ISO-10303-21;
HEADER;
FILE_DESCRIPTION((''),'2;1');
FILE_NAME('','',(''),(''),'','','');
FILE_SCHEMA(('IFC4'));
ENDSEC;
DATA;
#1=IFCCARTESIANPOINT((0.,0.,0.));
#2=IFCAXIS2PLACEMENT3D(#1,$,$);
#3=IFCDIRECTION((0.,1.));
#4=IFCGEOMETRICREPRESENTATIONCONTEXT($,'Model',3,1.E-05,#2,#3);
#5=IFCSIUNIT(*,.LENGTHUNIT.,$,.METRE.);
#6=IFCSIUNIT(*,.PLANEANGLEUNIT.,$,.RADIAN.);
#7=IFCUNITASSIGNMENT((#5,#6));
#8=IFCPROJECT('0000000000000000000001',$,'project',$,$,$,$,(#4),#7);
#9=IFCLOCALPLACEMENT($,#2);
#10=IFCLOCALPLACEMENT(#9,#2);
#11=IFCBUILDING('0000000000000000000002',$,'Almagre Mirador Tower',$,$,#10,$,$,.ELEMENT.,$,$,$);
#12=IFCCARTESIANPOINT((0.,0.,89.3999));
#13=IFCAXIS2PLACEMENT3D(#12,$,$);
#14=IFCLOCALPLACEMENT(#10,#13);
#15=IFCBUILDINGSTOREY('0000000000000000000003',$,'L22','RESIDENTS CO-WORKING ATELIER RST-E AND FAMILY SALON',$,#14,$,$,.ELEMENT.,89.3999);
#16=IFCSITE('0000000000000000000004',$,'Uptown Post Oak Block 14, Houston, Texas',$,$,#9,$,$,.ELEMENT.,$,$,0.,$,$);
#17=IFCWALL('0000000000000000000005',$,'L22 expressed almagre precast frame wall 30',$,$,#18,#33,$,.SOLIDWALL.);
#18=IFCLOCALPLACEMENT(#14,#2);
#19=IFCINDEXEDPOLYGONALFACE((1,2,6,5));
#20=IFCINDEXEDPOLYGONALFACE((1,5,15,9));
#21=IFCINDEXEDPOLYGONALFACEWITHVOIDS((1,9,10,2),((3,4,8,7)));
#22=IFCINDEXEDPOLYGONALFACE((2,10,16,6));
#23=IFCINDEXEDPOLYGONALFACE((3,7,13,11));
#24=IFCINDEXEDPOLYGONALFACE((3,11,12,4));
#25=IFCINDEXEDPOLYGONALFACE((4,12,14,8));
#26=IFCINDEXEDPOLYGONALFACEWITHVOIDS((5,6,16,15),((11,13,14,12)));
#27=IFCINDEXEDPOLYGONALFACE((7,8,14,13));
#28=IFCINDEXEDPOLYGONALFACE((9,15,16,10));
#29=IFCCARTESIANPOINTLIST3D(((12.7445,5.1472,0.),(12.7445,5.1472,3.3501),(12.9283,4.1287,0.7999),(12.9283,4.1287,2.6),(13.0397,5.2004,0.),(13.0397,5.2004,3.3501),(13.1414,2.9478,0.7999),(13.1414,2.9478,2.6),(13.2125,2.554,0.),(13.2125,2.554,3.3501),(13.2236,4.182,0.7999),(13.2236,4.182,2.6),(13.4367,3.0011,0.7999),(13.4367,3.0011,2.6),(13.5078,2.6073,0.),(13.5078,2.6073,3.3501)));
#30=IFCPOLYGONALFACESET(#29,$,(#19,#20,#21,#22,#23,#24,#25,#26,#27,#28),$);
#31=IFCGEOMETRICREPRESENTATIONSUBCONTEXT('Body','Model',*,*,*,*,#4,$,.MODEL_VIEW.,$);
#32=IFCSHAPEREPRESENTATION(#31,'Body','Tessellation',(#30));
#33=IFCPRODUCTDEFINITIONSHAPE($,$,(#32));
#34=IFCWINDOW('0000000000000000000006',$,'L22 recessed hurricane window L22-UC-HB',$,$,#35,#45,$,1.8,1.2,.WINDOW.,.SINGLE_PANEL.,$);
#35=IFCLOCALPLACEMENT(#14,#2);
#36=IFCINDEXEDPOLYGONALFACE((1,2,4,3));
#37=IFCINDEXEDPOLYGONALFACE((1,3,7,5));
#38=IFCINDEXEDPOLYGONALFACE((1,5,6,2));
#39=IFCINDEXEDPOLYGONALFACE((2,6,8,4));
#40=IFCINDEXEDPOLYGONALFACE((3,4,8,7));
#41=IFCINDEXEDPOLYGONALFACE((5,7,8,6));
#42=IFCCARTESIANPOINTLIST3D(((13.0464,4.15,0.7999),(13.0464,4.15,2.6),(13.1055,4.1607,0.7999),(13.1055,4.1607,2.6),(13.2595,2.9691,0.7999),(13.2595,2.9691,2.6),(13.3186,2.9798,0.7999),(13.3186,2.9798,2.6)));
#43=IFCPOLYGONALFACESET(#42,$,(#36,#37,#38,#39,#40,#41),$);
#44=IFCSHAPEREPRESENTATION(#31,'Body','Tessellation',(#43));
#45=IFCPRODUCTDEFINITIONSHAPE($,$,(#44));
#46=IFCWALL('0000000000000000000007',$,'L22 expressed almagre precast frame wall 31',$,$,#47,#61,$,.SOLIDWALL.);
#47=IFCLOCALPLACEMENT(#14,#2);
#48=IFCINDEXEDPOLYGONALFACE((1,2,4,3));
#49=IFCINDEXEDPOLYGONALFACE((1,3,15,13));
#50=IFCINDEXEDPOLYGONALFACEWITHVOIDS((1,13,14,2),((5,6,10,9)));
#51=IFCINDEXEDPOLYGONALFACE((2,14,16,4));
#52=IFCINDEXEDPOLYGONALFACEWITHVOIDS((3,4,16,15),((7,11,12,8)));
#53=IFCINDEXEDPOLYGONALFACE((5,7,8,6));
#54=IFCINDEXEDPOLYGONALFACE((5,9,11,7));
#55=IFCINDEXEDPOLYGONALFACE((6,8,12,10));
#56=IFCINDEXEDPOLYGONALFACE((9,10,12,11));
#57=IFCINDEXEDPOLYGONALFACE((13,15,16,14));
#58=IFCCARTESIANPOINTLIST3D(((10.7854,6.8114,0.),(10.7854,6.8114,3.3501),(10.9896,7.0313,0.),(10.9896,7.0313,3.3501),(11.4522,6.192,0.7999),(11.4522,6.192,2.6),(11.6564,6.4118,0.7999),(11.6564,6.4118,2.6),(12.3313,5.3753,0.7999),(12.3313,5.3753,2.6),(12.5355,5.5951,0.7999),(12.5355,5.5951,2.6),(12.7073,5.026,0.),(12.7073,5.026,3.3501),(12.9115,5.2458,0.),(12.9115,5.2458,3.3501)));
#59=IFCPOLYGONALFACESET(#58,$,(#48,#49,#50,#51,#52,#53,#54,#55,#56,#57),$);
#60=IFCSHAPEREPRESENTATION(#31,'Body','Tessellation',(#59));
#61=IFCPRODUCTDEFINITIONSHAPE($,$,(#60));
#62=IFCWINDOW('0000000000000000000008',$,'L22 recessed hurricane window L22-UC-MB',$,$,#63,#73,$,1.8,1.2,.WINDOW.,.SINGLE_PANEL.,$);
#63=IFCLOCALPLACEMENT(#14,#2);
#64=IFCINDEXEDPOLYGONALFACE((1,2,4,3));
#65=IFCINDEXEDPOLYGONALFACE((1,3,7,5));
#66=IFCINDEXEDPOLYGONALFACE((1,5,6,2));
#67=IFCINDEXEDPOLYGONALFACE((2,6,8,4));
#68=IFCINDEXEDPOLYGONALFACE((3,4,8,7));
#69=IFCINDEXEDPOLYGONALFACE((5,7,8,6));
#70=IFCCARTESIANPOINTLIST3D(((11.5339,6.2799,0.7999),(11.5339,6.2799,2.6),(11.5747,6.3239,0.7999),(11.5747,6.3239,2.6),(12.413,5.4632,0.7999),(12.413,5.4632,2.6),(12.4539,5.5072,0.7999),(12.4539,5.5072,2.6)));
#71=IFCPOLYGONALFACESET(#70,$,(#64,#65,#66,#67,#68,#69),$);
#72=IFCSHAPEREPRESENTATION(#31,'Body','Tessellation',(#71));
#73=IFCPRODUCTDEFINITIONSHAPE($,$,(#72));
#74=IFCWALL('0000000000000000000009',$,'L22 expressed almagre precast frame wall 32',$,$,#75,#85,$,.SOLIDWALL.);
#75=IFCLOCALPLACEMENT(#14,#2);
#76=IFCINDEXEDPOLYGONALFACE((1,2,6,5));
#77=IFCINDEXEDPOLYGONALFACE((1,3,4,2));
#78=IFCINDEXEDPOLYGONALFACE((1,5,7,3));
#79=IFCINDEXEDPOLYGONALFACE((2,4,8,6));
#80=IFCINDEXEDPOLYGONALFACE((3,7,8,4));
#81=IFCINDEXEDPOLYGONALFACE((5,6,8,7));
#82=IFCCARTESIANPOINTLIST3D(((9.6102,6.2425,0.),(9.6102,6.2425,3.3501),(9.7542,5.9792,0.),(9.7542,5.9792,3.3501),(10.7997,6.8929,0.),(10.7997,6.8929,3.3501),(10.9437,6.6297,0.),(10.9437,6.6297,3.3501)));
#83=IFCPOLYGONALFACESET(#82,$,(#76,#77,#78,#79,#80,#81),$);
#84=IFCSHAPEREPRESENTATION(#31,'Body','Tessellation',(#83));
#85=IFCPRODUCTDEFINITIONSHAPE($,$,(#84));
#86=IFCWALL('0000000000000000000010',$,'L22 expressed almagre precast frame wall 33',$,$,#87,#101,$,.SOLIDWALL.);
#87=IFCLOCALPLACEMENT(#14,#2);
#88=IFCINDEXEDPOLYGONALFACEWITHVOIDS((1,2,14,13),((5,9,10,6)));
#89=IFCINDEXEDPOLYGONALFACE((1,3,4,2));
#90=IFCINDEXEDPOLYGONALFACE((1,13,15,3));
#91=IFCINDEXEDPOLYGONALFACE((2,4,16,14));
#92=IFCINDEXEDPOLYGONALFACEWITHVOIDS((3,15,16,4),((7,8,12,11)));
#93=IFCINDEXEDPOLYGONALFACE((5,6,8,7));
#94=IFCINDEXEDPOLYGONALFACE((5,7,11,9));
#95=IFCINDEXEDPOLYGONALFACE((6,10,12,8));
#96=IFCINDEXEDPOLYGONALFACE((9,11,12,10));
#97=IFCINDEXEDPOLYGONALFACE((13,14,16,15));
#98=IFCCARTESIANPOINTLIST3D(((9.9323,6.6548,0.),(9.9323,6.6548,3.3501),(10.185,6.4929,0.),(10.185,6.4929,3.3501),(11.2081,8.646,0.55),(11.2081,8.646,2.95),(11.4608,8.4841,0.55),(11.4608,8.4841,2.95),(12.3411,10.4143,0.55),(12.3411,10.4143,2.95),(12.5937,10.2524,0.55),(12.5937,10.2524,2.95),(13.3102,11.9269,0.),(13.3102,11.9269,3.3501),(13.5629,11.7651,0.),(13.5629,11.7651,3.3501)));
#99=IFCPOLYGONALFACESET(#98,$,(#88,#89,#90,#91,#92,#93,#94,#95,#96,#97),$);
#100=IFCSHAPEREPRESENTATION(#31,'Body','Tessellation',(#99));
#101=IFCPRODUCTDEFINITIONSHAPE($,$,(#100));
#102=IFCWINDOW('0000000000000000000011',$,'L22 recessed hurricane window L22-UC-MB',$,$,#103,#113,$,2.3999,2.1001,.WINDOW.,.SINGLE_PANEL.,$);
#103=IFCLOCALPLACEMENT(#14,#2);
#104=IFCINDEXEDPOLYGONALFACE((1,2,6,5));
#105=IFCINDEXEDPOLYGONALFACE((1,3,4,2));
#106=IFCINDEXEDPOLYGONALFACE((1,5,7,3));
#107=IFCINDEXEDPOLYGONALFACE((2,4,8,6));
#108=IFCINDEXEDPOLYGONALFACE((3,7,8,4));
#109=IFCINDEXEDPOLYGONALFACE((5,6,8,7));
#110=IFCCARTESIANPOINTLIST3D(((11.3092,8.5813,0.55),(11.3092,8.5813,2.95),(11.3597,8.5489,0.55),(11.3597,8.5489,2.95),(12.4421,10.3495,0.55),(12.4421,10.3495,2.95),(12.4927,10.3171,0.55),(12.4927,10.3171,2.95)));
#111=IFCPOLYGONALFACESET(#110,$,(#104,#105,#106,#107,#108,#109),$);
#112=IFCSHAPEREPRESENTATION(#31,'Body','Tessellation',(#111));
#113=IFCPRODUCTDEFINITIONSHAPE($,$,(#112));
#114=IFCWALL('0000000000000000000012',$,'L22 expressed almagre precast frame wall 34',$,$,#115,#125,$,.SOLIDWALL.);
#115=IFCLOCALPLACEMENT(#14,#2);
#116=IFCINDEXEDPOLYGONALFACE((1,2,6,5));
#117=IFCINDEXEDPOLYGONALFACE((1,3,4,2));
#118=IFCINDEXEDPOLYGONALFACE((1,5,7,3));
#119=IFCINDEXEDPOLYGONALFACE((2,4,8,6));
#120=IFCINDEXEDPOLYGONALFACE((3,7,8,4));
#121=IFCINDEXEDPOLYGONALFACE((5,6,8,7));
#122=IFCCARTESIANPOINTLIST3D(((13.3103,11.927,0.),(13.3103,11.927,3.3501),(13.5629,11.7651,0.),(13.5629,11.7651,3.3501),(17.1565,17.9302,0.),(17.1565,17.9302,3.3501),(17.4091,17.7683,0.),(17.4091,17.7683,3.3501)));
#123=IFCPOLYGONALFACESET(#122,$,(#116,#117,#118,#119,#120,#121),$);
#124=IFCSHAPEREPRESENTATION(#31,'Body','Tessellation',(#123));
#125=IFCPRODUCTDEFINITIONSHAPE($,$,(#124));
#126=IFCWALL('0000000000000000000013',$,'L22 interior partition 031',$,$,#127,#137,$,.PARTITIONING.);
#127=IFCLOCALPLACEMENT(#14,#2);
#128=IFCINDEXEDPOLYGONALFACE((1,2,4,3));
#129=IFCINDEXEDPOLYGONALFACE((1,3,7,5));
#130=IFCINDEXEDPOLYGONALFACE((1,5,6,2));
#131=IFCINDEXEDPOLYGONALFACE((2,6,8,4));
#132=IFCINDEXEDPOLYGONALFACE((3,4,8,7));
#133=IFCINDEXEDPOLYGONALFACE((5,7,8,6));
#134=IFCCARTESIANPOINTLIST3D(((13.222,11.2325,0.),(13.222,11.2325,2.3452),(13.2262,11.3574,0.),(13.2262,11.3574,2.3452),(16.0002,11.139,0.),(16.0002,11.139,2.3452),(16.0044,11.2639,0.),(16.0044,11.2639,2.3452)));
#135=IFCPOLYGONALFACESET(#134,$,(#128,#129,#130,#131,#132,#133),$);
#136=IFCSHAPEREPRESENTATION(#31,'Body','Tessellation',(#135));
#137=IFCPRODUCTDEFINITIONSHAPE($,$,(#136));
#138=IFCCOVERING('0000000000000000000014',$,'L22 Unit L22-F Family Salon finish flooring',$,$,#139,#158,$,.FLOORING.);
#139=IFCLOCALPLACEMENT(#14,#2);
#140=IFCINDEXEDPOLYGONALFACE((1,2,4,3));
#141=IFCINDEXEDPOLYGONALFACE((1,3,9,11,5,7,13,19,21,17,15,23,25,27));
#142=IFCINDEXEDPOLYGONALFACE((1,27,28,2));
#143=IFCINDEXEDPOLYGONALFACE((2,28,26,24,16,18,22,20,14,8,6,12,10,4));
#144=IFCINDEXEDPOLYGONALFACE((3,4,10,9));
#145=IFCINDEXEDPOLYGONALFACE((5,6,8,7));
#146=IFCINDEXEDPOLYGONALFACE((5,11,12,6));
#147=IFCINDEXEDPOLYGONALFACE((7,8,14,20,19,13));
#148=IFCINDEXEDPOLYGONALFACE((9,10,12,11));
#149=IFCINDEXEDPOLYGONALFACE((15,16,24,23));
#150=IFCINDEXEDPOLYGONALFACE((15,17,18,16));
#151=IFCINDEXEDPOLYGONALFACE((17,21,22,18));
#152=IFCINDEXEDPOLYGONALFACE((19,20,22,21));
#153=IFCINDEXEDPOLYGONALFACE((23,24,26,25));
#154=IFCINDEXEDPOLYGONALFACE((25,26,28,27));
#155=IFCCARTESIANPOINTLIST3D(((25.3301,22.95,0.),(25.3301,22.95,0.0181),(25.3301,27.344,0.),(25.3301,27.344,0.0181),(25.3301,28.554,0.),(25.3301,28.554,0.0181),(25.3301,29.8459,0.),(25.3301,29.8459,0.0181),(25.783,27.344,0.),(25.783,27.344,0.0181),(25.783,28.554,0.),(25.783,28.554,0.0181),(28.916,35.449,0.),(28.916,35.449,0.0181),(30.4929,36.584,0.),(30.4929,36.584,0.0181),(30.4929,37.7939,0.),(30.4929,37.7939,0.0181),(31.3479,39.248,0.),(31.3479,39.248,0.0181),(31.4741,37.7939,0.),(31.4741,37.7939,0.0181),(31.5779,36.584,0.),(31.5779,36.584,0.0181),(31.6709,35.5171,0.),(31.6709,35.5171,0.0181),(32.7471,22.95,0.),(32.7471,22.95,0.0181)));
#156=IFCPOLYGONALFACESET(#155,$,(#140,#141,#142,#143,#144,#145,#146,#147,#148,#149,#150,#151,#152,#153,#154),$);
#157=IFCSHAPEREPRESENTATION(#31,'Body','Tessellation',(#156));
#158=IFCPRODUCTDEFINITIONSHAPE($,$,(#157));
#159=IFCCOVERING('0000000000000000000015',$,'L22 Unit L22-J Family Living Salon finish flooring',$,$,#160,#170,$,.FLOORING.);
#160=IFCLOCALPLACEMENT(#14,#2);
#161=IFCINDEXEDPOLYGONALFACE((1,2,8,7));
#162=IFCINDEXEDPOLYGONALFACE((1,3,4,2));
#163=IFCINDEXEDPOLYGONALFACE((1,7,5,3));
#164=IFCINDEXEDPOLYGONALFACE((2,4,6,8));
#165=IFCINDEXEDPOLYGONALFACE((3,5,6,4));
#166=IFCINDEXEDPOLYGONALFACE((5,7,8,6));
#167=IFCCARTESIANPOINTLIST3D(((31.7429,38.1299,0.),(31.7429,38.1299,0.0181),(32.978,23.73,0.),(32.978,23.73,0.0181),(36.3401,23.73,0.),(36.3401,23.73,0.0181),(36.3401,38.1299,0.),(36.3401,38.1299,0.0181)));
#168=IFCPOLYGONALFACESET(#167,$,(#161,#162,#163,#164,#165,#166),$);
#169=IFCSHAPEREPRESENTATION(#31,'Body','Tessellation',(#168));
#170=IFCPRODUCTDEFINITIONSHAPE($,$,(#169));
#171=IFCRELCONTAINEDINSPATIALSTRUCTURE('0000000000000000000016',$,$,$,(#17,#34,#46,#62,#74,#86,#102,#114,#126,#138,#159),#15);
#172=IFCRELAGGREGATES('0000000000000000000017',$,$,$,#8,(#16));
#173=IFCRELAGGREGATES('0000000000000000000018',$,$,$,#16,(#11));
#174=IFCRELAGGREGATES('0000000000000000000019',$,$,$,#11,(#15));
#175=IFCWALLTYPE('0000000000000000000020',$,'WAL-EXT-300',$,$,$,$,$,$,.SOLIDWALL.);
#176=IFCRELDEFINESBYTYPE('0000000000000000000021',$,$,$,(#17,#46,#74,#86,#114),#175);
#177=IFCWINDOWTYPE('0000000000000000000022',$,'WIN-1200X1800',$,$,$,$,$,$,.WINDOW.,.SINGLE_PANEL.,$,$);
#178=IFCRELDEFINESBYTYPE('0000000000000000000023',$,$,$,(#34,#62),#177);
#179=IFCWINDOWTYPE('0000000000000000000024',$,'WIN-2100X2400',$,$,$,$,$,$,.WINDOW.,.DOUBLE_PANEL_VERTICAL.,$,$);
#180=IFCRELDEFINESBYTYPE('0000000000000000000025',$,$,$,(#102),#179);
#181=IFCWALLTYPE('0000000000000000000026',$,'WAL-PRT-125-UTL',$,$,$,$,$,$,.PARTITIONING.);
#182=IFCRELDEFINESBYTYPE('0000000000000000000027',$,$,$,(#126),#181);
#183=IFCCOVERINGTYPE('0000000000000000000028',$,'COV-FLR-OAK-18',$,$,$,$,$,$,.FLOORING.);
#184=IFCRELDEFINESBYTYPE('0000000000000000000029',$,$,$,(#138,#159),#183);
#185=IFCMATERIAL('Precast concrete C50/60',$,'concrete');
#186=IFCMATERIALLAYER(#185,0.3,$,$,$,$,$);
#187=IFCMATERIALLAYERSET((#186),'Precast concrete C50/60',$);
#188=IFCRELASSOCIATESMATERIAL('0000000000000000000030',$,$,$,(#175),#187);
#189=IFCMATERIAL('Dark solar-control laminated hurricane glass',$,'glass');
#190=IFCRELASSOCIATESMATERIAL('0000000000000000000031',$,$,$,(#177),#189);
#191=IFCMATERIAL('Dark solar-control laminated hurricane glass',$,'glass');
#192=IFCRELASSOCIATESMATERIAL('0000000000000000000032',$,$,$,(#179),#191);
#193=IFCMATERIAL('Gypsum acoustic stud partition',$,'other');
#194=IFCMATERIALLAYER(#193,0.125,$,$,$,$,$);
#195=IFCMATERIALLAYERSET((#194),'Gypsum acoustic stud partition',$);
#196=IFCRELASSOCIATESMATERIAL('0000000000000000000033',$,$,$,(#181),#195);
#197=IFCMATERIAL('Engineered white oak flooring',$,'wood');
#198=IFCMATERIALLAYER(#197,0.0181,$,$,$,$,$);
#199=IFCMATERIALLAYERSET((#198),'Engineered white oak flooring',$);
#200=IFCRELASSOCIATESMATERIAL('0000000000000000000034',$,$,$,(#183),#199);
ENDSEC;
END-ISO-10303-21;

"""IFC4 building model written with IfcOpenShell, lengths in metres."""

from ifc_helpers import new_model, si_unit, direction, frame, frame_2d, origin, place, context, subcontext, project, spatial, polyline, rectangle, outline, extrude, material, layer, layer_set, type_object, element, fill, save


model = new_model("IFC4")

# Units and contexts
model_context = context("Model", 3, precision=1e-05, world=origin(), true_north=direction((0.0, 1.0)))
body_context = subcontext(model_context, "Body", "Model", "MODEL_VIEW")
ifc_project = project(units=[si_unit("LENGTHUNIT", "METRE"), si_unit("PLANEANGLEUNIT", "RADIAN")], contexts=[model_context])

# Site, building, storey
site_placement = place(None, origin())
site = spatial("IfcSite", under=ifc_project, at=site_placement, Name="Uptown Post Oak Block 14, Houston, Texas", CompositionType="ELEMENT", RefElevation=0.0)
building_placement = place(site_placement, origin())
building = spatial("IfcBuilding", under=site, at=building_placement, Name="Almagre Mirador Tower", CompositionType="ELEMENT")
storey_placement = place(building_placement, frame((0.0, 0.0, 89.3999)))
storey = spatial("IfcBuildingStorey", under=building, at=storey_placement, Name="L22", Description="RESIDENTS CO-WORKING ATELIER RST-E AND FAMILY SALON", CompositionType="ELEMENT", Elevation=89.3999)

# Shared definitions
ifc_material_1 = material(Name="Precast concrete C50/60", Category="concrete")
ifc_layer_1 = layer(ifc_material_1, 0.3)
ifc_layer_set_1 = layer_set([ifc_layer_1], Name="Precast concrete C50/60")
wall_type_1 = type_object("IfcWallType", Name="WAL-EXT-300", PredefinedType="SOLIDWALL", material=ifc_layer_set_1)

# Walls, openings, windows
wall_1_placement = place(storey_placement, frame((13.3601, 2.5808, 0.0), z_axis=(0.0, 0.0, 1.0), x_axis=(-0.177621, 0.984099, 0.0)))
wall_1 = element("IfcWall", 1, at=wall_1_placement, inside=storey, type_object=wall_type_1, Name="L22 expressed almagre precast frame wall 30", PredefinedType="SOLIDWALL", context=body_context, shape_type="SweptSolid", body=[
    extrude(rectangle(XDim=2.635, YDim=0.3, at=frame_2d((1.3174, 0.0))), origin(), (0.0, 0.0, 1.0), 3.3501),
])
opening_1_placement = place(wall_1_placement, frame((0.3999, 0.0, 0.8)))
opening_1 = element("IfcOpeningElement", 2, at=opening_1_placement, cuts=wall_1, PredefinedType="OPENING", context=body_context, shape_type="SweptSolid", body=[
    extrude(rectangle(XDim=1.2, YDim=1.8, at=frame_2d((0.6001, 0.8999))), frame((0.0, 0.1599, 0.0), z_axis=(0.0, -1.0, 0.0), x_axis=(1.0, 0.0, 0.0)), (0.0, 0.0, 1.0), 0.32),
])
ifc_material_2 = material(Name="Dark solar-control laminated hurricane glass", Category="glass")
window_type_1 = type_object("IfcWindowType", Name="WIN-1200X1800", PartitioningType="SINGLE_PANEL", PredefinedType="WINDOW", material=ifc_material_2)
window_1_placement = place(opening_1_placement, origin())
window_1 = element("IfcWindow", 3, at=window_1_placement, inside=storey, type_object=window_type_1, Name="L22 recessed hurricane window L22-UC-HB", OverallHeight=1.8, OverallWidth=1.2, PartitioningType="SINGLE_PANEL", PredefinedType="WINDOW", context=body_context, shape_type="SweptSolid", body=[
    extrude(rectangle(XDim=1.2, YDim=1.8, at=frame_2d((0.6001, 0.8999))), frame((0.0, 0.03, 0.0), z_axis=(0.0, -1.0, 0.0), x_axis=(1.0, 0.0, 0.0)), (0.0, 0.0, 1.0), 0.0601),
])
fill(opening_1, window_1)
wall_2_placement = place(storey_placement, frame((12.8093, 5.136, 0.0), z_axis=(0.0, 0.0, 1.0), x_axis=(-0.732641, 0.680615, 0.0)))
wall_2 = element("IfcWall", 4, at=wall_2_placement, inside=storey, type_object=wall_type_1, Name="L22 expressed almagre precast frame wall 31", PredefinedType="SOLIDWALL", context=body_context, shape_type="SweptSolid", body=[
    extrude(rectangle(XDim=2.6233, YDim=0.3, at=frame_2d((1.3115, 0.0))), origin(), (0.0, 0.0, 1.0), 3.3501),
])
opening_2_placement = place(wall_2_placement, frame((0.5129, 0.0, 0.8)))
opening_2 = element("IfcOpeningElement", 5, at=opening_2_placement, cuts=wall_2, PredefinedType="OPENING", context=body_context, shape_type="SweptSolid", body=[
    extrude(rectangle(XDim=1.2, YDim=1.8, at=frame_2d((0.6001, 0.8999))), frame((0.0, 0.1599, 0.0), z_axis=(0.0, -1.0, 0.0), x_axis=(1.0, 0.0, 0.0)), (0.0, 0.0, 1.0), 0.32),
])
window_2_placement = place(opening_2_placement, origin())
window_2 = element("IfcWindow", 6, at=window_2_placement, inside=storey, type_object=window_type_1, Name="L22 recessed hurricane window L22-UC-MB", OverallHeight=1.8, OverallWidth=1.2, PartitioningType="SINGLE_PANEL", PredefinedType="WINDOW", context=body_context, shape_type="SweptSolid", body=[
    extrude(rectangle(XDim=1.2, YDim=1.8, at=frame_2d((0.6001, 0.8999))), frame((0.0, 0.03, 0.0), z_axis=(0.0, -1.0, 0.0), x_axis=(1.0, 0.0, 0.0)), (0.0, 0.0, 1.0), 0.0601),
])
fill(opening_2, window_2)

# Wall
wall_3_placement = place(storey_placement, frame((10.8716, 6.7612, 0.0), z_axis=(0.0, 0.0, 1.0), x_axis=(-0.8774, -0.47976, 0.0)))
element("IfcWall", 7, at=wall_3_placement, inside=storey, type_object=wall_type_1, Name="L22 expressed almagre precast frame wall 32", PredefinedType="SOLIDWALL", context=body_context, shape_type="SweptSolid", body=[
    extrude(rectangle(XDim=1.3557, YDim=0.3, at=frame_2d((0.6777, 0.0))), origin(), (0.0, 0.0, 1.0), 3.3501),
])

# Wall, opening, window
wall_4_placement = place(storey_placement, frame((10.0586, 6.5737, 0.0), z_axis=(0.0, 0.0, 1.0), x_axis=(0.539474, 0.842002, 0.0)))
wall_4 = element("IfcWall", 8, at=wall_4_placement, inside=storey, type_object=wall_type_1, Name="L22 expressed almagre precast frame wall 33", PredefinedType="SOLIDWALL", context=body_context, shape_type="SweptSolid", body=[
    extrude(rectangle(XDim=6.2615, YDim=0.3, at=frame_2d((3.1309, 0.0))), origin(), (0.0, 0.0, 1.0), 3.3501),
])
opening_3_placement = place(wall_4_placement, frame((2.365, 0.0, 0.55)))
opening_3 = element("IfcOpeningElement", 9, at=opening_3_placement, cuts=wall_4, PredefinedType="OPENING", context=body_context, shape_type="SweptSolid", body=[
    extrude(rectangle(XDim=2.1001, YDim=2.3999, at=frame_2d((1.05, 1.2))), frame((0.0, 0.1599, 0.0), z_axis=(0.0, -1.0, 0.0), x_axis=(1.0, 0.0, 0.0)), (0.0, 0.0, 1.0), 0.32),
])
ifc_material_3 = material(Name="Dark solar-control laminated hurricane glass", Category="glass")
window_type_2 = type_object("IfcWindowType", Name="WIN-2100X2400", PartitioningType="DOUBLE_PANEL_VERTICAL", PredefinedType="WINDOW", material=ifc_material_3)
window_3_placement = place(opening_3_placement, origin())
window_3 = element("IfcWindow", 10, at=window_3_placement, inside=storey, type_object=window_type_2, Name="L22 recessed hurricane window L22-UC-MB", OverallHeight=2.3999, OverallWidth=2.1001, PartitioningType="SINGLE_PANEL", PredefinedType="WINDOW", context=body_context, shape_type="SweptSolid", body=[
    extrude(rectangle(XDim=2.1001, YDim=2.3999, at=frame_2d((1.05, 1.2))), frame((0.0, 0.03, 0.0), z_axis=(0.0, -1.0, 0.0), x_axis=(1.0, 0.0, 0.0)), (0.0, 0.0, 1.0), 0.0601),
])
fill(opening_3, window_3)

# Walls
wall_5_placement = place(storey_placement, frame((13.4365, 11.8459, 0.0), z_axis=(0.0, 0.0, 1.0), x_axis=(0.539468, 0.842006, 0.0)))
element("IfcWall", 11, at=wall_5_placement, inside=storey, type_object=wall_type_1, Name="L22 expressed almagre precast frame wall 34", PredefinedType="SOLIDWALL", context=body_context, shape_type="SweptSolid", body=[
    extrude(rectangle(XDim=7.1296, YDim=0.3, at=frame_2d((3.5649, 0.0))), origin(), (0.0, 0.0, 1.0), 3.3501),
])
ifc_material_4 = material(Name="Gypsum acoustic stud partition", Category="other")
ifc_layer_2 = layer(ifc_material_4, 0.125)
ifc_layer_set_2 = layer_set([ifc_layer_2], Name="Gypsum acoustic stud partition")
wall_type_2 = type_object("IfcWallType", Name="WAL-PRT-125-UTL", PredefinedType="PARTITIONING", material=ifc_layer_set_2)
wall_6_placement = place(storey_placement, frame((13.2241, 11.2949, 0.0), z_axis=(0.0, 0.0, 1.0), x_axis=(0.999434, -0.033636, 0.0)))
element("IfcWall", 12, at=wall_6_placement, inside=storey, type_object=wall_type_2, Name="L22 interior partition 031", PredefinedType="PARTITIONING", context=body_context, shape_type="SweptSolid", body=[
    extrude(rectangle(XDim=2.7798, YDim=0.125, at=frame_2d((1.3899, 0.0))), origin(), (0.0, 0.0, 1.0), 2.3452),
])

# Coverings
ifc_material_5 = material(Name="Engineered white oak flooring", Category="wood")
ifc_layer_3 = layer(ifc_material_5, 0.0181)
ifc_layer_set_3 = layer_set([ifc_layer_3], Name="Engineered white oak flooring")
covering_type = type_object("IfcCoveringType", Name="COV-FLR-OAK-18", PredefinedType="FLOORING", material=ifc_layer_set_3)
covering_1_placement = place(storey_placement, origin())
element("IfcCovering", 13, at=covering_1_placement, inside=storey, type_object=covering_type, Name="L22 Unit L22-F Family Salon finish flooring", PredefinedType="FLOORING", context=body_context, shape_type="SweptSolid", body=[
    extrude(outline(polyline([(25.3301, 22.95), (25.3301, 27.344), (25.783, 27.344), (25.783, 28.554), (25.3301, 28.554), (25.3301, 29.8459), (28.916, 35.449), (31.3479, 39.248), (31.4741, 37.7939), (30.4929, 37.7939), (30.4929, 36.584), (31.5779, 36.584), (31.6709, 35.5171), (32.7471, 22.95), (25.3301, 22.95)])), origin(), (0.0, 0.0, 1.0), 0.0181),
])
covering_2_placement = place(storey_placement, origin())
element("IfcCovering", 14, at=covering_2_placement, inside=storey, type_object=covering_type, Name="L22 Unit L22-J Family Living Salon finish flooring", PredefinedType="FLOORING", context=body_context, shape_type="SweptSolid", body=[
    extrude(outline(polyline([(36.3401, 38.1299), (36.3401, 23.73), (32.978, 23.73), (31.7429, 38.1299), (36.3401, 38.1299)])), origin(), (0.0, 0.0, 1.0), 0.0181),
])

save(model, "model.ifc")
